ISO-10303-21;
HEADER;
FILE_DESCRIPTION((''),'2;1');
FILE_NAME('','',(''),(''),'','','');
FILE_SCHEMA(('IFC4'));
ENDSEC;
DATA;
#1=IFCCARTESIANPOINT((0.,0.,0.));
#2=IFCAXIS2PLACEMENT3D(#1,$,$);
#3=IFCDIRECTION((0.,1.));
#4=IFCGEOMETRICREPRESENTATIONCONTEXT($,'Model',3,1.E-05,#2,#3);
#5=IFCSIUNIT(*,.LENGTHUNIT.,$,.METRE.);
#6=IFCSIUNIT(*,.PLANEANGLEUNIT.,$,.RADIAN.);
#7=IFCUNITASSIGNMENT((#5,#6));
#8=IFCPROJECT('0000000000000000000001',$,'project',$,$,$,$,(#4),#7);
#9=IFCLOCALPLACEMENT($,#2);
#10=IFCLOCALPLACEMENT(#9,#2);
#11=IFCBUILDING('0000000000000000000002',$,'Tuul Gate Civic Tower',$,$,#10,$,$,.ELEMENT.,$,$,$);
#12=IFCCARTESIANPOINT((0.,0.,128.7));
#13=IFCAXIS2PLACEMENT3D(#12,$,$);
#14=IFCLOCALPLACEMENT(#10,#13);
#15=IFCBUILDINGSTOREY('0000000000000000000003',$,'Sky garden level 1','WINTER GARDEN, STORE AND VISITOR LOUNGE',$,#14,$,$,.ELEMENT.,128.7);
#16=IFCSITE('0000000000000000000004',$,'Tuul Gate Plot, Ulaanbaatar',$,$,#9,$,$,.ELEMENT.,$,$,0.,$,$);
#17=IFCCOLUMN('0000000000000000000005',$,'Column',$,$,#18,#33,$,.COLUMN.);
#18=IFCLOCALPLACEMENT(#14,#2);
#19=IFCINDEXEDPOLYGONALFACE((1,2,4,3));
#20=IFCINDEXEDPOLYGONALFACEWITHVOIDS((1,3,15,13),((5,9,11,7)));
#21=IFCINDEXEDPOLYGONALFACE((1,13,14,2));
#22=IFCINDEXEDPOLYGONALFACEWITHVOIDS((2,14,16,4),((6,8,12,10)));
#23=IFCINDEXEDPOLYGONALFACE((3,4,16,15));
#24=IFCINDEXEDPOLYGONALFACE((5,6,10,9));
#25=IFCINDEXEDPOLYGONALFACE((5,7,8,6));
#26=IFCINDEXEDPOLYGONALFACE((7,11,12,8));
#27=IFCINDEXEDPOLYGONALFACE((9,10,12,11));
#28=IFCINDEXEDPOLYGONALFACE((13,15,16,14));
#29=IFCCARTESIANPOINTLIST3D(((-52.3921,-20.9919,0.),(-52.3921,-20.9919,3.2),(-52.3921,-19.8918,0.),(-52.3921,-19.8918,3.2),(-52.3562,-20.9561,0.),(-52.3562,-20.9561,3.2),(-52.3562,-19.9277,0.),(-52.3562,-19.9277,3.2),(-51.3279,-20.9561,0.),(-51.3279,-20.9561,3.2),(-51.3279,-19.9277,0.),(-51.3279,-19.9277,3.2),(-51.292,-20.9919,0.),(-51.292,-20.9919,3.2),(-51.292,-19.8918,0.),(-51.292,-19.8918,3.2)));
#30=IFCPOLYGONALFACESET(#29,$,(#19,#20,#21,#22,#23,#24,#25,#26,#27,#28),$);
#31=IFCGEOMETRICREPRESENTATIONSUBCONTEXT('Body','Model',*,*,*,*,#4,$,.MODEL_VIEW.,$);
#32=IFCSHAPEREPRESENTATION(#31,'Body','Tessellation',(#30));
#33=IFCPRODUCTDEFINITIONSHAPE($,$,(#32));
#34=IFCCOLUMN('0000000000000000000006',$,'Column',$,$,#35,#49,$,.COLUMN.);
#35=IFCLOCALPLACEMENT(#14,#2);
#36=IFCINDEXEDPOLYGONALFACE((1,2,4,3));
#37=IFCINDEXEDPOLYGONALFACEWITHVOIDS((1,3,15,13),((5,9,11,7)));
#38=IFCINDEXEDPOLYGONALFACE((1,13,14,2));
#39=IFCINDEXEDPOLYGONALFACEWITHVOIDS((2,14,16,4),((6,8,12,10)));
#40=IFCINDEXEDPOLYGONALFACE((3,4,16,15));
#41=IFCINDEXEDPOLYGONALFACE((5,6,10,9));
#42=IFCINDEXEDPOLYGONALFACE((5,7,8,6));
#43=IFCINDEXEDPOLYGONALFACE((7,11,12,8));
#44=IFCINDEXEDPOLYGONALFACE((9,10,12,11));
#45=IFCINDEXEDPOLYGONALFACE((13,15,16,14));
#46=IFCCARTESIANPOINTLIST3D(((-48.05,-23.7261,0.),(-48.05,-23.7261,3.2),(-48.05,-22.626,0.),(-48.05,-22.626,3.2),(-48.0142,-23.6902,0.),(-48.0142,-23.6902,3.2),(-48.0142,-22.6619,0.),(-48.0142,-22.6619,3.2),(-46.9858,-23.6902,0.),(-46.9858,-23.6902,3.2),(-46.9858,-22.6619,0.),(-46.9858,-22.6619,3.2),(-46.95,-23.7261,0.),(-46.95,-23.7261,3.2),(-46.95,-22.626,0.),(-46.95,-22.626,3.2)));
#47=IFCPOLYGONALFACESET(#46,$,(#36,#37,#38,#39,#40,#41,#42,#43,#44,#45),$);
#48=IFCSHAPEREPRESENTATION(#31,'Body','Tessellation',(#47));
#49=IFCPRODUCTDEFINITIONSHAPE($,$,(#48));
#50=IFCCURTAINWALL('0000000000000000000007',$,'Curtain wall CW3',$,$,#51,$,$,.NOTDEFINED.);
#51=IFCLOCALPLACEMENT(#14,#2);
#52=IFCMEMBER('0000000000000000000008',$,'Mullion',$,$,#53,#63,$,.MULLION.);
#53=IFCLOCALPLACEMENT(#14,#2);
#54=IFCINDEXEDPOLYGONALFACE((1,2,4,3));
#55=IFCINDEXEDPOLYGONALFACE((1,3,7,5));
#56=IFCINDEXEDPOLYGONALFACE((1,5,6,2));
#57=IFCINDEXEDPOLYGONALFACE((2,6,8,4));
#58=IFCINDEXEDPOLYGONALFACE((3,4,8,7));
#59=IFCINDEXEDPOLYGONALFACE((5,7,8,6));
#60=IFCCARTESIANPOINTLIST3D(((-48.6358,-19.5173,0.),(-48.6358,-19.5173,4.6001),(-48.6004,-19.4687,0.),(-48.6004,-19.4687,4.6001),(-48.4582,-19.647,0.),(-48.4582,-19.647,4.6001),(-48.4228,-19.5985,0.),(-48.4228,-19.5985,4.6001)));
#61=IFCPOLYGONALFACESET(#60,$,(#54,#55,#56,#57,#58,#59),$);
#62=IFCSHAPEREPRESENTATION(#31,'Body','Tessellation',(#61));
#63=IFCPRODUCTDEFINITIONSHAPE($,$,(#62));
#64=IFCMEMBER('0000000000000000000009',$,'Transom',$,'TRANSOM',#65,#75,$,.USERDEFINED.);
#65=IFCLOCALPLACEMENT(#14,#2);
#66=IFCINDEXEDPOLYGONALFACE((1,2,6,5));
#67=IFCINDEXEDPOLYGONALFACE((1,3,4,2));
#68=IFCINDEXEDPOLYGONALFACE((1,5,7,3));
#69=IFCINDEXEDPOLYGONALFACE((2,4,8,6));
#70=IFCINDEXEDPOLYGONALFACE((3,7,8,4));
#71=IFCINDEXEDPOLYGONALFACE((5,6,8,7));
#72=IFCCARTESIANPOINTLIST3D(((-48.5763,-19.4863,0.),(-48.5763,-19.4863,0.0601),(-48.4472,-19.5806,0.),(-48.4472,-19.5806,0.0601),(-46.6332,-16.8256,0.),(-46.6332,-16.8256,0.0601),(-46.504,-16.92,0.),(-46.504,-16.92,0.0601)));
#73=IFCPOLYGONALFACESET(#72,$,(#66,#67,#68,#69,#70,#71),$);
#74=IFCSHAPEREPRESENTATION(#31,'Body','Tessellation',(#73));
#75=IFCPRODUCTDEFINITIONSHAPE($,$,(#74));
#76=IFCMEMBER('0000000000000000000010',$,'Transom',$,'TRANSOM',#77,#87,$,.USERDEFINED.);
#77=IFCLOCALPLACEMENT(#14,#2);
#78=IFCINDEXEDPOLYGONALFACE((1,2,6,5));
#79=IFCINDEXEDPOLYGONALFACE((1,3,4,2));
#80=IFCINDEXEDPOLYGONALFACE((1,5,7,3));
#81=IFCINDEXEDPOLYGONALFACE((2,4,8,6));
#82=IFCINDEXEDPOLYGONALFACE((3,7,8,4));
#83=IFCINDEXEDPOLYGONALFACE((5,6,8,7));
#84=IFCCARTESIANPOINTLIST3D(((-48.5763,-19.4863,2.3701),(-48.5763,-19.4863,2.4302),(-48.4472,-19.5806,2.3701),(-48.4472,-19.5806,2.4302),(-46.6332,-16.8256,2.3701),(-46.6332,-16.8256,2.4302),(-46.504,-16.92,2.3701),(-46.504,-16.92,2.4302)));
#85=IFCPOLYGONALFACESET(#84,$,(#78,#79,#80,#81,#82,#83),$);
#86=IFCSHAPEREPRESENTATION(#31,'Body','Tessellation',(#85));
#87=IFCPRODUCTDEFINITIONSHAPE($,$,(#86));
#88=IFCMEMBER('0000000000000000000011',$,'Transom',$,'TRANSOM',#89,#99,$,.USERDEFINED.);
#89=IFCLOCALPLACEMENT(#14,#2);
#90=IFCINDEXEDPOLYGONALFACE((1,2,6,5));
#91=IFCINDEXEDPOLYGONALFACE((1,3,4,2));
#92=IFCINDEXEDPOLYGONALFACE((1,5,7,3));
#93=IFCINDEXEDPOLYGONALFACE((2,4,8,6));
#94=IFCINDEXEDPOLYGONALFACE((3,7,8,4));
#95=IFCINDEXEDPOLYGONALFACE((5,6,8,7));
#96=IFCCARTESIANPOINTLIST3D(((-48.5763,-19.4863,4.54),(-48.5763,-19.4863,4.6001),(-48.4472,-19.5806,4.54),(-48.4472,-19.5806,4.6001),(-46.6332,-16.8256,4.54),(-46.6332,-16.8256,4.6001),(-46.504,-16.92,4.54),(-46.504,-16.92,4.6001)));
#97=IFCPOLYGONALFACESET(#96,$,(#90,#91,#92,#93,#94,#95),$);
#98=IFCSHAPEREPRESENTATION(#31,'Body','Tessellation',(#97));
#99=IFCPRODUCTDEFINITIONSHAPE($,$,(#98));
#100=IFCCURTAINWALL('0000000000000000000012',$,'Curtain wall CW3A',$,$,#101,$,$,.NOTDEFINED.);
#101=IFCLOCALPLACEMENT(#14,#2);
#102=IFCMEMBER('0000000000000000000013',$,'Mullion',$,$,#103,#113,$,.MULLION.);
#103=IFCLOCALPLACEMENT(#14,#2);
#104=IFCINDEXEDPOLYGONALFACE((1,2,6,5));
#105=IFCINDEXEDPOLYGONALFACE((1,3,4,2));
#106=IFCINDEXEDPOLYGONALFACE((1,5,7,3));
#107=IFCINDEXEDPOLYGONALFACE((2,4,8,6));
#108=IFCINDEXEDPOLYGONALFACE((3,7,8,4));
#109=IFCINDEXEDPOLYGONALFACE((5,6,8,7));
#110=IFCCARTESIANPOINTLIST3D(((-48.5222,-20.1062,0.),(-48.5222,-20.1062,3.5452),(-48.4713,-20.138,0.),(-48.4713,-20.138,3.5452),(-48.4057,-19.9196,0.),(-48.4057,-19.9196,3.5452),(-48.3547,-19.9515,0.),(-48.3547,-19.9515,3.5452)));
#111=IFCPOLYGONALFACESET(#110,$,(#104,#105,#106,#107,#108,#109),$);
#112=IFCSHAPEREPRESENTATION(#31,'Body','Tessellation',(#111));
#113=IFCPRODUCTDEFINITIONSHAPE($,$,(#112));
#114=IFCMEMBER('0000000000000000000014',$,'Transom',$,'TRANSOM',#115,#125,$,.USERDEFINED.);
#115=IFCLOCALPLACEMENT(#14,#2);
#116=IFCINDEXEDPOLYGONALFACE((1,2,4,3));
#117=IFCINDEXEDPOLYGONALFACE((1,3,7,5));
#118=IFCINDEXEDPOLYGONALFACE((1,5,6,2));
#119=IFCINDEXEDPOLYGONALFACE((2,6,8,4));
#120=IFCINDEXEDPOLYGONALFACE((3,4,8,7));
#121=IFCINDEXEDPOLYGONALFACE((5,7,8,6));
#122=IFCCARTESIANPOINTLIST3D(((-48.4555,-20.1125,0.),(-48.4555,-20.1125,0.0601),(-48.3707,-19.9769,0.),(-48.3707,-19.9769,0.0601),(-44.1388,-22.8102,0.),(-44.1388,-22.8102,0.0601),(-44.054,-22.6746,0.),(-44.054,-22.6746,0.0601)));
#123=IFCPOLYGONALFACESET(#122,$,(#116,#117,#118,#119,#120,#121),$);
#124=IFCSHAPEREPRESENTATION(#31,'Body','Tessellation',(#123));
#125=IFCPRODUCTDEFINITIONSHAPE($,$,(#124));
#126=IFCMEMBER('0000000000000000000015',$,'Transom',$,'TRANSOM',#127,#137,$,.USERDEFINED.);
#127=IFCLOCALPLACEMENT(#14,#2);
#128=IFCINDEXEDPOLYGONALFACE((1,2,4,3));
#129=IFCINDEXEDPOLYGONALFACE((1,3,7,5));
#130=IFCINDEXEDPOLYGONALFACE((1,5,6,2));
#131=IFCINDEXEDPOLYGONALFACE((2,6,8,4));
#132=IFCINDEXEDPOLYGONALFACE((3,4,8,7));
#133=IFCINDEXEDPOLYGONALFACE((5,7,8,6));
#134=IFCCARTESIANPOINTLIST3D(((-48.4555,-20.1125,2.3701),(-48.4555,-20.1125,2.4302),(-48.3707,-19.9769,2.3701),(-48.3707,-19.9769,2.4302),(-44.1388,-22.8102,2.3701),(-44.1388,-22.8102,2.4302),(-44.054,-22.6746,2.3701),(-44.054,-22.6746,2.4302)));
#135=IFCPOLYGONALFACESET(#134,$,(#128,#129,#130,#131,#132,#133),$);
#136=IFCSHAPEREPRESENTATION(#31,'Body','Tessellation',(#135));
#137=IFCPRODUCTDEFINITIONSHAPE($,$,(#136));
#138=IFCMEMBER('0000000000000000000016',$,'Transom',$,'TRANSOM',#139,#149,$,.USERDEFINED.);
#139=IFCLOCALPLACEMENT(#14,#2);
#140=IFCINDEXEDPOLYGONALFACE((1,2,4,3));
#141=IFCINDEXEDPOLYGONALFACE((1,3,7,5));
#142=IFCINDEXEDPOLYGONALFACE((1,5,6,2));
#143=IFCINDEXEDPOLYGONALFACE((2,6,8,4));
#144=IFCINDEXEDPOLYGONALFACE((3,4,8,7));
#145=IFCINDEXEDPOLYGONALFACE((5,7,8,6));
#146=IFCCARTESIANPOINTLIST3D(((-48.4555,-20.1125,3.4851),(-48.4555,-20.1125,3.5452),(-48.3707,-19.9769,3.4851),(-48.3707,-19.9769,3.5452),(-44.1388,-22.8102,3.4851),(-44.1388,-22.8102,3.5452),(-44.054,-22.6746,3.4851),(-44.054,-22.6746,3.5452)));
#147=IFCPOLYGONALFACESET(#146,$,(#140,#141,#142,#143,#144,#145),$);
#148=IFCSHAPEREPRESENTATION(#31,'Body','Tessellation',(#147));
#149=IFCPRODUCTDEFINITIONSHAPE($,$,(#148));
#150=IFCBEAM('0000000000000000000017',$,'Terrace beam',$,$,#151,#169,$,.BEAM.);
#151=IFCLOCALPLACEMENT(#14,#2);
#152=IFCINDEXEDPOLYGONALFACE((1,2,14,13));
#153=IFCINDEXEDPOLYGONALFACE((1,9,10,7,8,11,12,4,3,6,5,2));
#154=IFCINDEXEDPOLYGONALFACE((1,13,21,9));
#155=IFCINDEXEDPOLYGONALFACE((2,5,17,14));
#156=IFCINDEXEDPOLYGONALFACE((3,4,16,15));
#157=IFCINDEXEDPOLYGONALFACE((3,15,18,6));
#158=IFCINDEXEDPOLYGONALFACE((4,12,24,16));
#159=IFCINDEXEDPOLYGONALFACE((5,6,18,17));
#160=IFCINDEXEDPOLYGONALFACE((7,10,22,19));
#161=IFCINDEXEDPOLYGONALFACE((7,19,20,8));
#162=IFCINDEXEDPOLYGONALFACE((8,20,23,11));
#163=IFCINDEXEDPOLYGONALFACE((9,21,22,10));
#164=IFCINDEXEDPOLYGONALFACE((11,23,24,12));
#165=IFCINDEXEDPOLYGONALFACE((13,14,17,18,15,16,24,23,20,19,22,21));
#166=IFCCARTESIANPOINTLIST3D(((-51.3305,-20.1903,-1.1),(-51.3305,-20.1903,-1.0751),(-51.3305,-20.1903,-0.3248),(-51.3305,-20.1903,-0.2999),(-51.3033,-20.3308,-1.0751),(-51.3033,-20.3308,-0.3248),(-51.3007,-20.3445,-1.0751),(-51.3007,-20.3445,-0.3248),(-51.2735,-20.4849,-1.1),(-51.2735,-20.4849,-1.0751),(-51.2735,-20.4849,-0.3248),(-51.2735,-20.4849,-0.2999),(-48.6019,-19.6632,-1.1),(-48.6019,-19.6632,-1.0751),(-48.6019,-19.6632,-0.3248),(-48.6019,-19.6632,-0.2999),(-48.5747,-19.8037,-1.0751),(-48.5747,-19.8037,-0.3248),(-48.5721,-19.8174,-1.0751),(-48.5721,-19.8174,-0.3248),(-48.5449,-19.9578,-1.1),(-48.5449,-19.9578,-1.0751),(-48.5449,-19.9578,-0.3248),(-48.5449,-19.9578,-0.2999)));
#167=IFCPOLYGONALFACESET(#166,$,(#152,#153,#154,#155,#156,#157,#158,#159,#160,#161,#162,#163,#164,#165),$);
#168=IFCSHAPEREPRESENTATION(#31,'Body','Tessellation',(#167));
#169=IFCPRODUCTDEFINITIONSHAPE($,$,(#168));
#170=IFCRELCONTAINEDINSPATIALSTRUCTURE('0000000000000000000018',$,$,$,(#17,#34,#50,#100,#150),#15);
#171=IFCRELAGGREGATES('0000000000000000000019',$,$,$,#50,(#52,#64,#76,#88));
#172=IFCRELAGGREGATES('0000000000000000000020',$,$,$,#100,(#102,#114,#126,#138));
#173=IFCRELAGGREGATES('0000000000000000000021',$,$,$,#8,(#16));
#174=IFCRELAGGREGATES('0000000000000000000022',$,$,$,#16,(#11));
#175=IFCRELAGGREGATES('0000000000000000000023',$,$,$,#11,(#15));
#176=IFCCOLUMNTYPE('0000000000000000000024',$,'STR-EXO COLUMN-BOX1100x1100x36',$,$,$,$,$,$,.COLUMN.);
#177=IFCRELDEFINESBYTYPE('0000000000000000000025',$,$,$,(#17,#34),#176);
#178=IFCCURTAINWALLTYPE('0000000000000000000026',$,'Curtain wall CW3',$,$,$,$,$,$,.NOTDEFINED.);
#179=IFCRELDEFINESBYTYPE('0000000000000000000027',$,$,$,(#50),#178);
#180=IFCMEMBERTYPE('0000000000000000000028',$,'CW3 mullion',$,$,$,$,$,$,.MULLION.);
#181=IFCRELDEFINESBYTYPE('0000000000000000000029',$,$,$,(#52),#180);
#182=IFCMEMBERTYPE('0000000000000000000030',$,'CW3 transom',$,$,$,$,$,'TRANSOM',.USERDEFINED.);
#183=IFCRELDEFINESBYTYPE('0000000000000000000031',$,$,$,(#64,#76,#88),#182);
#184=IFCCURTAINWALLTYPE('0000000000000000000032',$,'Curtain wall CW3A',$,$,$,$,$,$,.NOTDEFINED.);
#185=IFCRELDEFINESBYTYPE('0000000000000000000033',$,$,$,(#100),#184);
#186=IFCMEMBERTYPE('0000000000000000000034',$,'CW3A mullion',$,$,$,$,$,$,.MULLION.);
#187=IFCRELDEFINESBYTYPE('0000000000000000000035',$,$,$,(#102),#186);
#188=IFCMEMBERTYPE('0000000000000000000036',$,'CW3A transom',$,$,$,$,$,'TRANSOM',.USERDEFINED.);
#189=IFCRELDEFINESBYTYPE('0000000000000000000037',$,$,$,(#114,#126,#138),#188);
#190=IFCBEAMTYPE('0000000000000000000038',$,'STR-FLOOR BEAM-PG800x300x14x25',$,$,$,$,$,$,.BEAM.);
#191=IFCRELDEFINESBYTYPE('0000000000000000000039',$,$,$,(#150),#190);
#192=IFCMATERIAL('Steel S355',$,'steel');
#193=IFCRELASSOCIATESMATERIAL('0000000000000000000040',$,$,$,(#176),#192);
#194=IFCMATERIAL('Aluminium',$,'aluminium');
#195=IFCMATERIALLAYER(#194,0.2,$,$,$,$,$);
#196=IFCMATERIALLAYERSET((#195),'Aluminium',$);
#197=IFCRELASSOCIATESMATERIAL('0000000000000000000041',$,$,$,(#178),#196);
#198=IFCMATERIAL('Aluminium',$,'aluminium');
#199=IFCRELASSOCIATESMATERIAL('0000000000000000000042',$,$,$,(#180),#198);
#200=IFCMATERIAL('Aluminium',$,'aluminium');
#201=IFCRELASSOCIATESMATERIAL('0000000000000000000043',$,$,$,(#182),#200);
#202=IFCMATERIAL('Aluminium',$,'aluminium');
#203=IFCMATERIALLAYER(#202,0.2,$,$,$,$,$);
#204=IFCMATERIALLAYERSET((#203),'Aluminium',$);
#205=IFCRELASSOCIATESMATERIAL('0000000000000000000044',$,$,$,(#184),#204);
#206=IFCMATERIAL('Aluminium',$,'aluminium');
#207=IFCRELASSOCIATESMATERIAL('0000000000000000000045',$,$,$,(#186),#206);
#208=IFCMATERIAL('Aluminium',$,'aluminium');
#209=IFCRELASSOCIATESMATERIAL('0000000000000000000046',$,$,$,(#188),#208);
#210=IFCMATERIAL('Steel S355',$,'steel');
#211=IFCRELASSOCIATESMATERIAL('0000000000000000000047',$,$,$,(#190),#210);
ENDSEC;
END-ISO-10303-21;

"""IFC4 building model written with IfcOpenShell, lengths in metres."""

from ifc_helpers import new_model, si_unit, direction, frame, origin, origin_2d, place, context, subcontext, project, spatial, rectangle, hollow_rectangle, i_section, extrude, material, layer, layer_set, material_profile, profile_set, type_object, element, aggregate, save


model = new_model("IFC4")

# Units and contexts
model_context = context("Model", 3, precision=1e-05, world=origin(), true_north=direction((0.0, 1.0)))
body_context = subcontext(model_context, "Body", "Model", "MODEL_VIEW")
ifc_project = project(units=[si_unit("LENGTHUNIT", "METRE"), si_unit("PLANEANGLEUNIT", "RADIAN")], contexts=[model_context])

# Site, building, storey
site_placement = place(None, origin())
site = spatial("IfcSite", under=ifc_project, at=site_placement, Name="Tuul Gate Plot, Ulaanbaatar", CompositionType="ELEMENT", RefElevation=0.0)
building_placement = place(site_placement, origin())
building = spatial("IfcBuilding", under=site, at=building_placement, Name="Tuul Gate Civic Tower", CompositionType="ELEMENT")
storey_placement = place(building_placement, frame((0.0, 0.0, 128.7)))
storey = spatial("IfcBuildingStorey", under=building, at=storey_placement, Name="Sky garden level 1", Description="WINTER GARDEN, STORE AND VISITOR LOUNGE", CompositionType="ELEMENT", Elevation=128.7)

# Columns
ifc_material_1 = material(Name="Steel S355", Category="steel")
ifc_material_profile_1 = material_profile(ifc_material_1, hollow_rectangle(XDim=1.1001, YDim=1.1001, WallThickness=0.0359, at=origin_2d()), Name="BOX1100x1100x36")
ifc_profile_set_1 = profile_set([ifc_material_profile_1], Name="Steel S355")
column_type = type_object("IfcColumnType", Name="STR-EXO COLUMN-BOX1100x1100x36", PredefinedType="COLUMN", material=ifc_profile_set_1)
for number, where, z_axis, x_axis, name in (
    (1, (-51.842, -20.4419, 0.0), (0.0, 0.0, 1.0), (1.0, 0.0, 0.0), "Column"),
    (2, (-47.5, -23.176, 0.0), (0.0, 0.0, 1.0), (1.0, 0.0, 0.0), "Column"),
):
    element("IfcColumn", number, at=place(storey_placement, frame(where, z_axis=z_axis, x_axis=x_axis)), inside=storey, type_object=column_type, Name=name, PredefinedType="COLUMN", context=body_context, shape_type="SweptSolid", body=[
        extrude(hollow_rectangle(XDim=1.1001, YDim=1.1001, WallThickness=0.0359, at=origin_2d()), origin(), (0.0, 0.0, 1.0), 3.2),
    ])

# Curtain walls, members
ifc_material_2 = material(Name="Aluminium", Category="aluminium")
ifc_layer_1 = layer(ifc_material_2, 0.2)
ifc_layer_set_1 = layer_set([ifc_layer_1], Name="Aluminium")
curtain_wall_type_1 = type_object("IfcCurtainWallType", Name="Curtain wall CW3", PredefinedType="NOTDEFINED", material=ifc_layer_set_1)
curtain_wall_1_placement = place(storey_placement, origin())
curtain_wall_1 = element("IfcCurtainWall", 3, at=curtain_wall_1_placement, inside=storey, type_object=curtain_wall_type_1, Name="Curtain wall CW3", PredefinedType="NOTDEFINED")
ifc_material_3 = material(Name="Aluminium", Category="aluminium")
ifc_material_profile_2 = material_profile(ifc_material_3, rectangle(XDim=0.22, YDim=0.0601, at=origin_2d()), Name="CW3 mullion")
ifc_profile_set_2 = profile_set([ifc_material_profile_2], Name="Aluminium")
member_type_1 = type_object("IfcMemberType", Name="CW3 mullion", PredefinedType="MULLION", material=ifc_profile_set_2)
member_1_placement = place(storey_placement, frame((-48.5293, -19.5579, 0.0), z_axis=(0.0, 0.0, 1.0), x_axis=(0.80761, -0.589717, 0.0)))
member_1 = element("IfcMember", 4, at=member_1_placement, type_object=member_type_1, Name="Mullion", PredefinedType="MULLION", context=body_context, shape_type="SweptSolid", body=[
    extrude(rectangle(XDim=0.22, YDim=0.0601, at=origin_2d()), origin(), (0.0, 0.0, 1.0), 4.6001),
])
ifc_material_4 = material(Name="Aluminium", Category="aluminium")
ifc_material_profile_3 = material_profile(ifc_material_4, rectangle(XDim=0.1599, YDim=0.0601, at=origin_2d()), Name="CW3 transom")
ifc_profile_set_3 = profile_set([ifc_material_profile_3], Name="Aluminium")
member_type_2 = type_object("IfcMemberType", Name="CW3 transom", ElementType="TRANSOM", PredefinedType="USERDEFINED", material=ifc_profile_set_3)
member_2_placement = place(storey_placement, frame((-46.5686, -16.8728, 0.03), z_axis=(-0.589779, -0.807565, 0.0), x_axis=(0.807565, -0.589779, 0.0)))
member_2 = element("IfcMember", 5, at=member_2_placement, type_object=member_type_2, Name="Transom", ObjectType="TRANSOM", PredefinedType="USERDEFINED", context=body_context, shape_type="SweptSolid", body=[
    extrude(rectangle(XDim=0.1599, YDim=0.0601, at=origin_2d()), origin(), (0.0, 0.0, 1.0), 3.2947),
])
member_3_placement = place(storey_placement, frame((-46.5686, -16.8728, 2.4001), z_axis=(-0.589779, -0.807565, 0.0), x_axis=(0.807565, -0.589779, 0.0)))
member_3 = element("IfcMember", 6, at=member_3_placement, type_object=member_type_2, Name="Transom", ObjectType="TRANSOM", PredefinedType="USERDEFINED", context=body_context, shape_type="SweptSolid", body=[
    extrude(rectangle(XDim=0.1599, YDim=0.0601, at=origin_2d()), origin(), (0.0, 0.0, 1.0), 3.2947),
])
member_4_placement = place(storey_placement, frame((-46.5686, -16.8728, 4.5701), z_axis=(-0.589779, -0.807565, 0.0), x_axis=(0.807565, -0.589779, 0.0)))
member_4 = element("IfcMember", 7, at=member_4_placement, type_object=member_type_2, Name="Transom", ObjectType="TRANSOM", PredefinedType="USERDEFINED", context=body_context, shape_type="SweptSolid", body=[
    extrude(rectangle(XDim=0.1599, YDim=0.0601, at=origin_2d()), origin(), (0.0, 0.0, 1.0), 3.2947),
])
ifc_material_5 = material(Name="Aluminium", Category="aluminium")
ifc_layer_2 = layer(ifc_material_5, 0.2)
ifc_layer_set_2 = layer_set([ifc_layer_2], Name="Aluminium")
curtain_wall_type_2 = type_object("IfcCurtainWallType", Name="Curtain wall CW3A", PredefinedType="NOTDEFINED", material=ifc_layer_set_2)
curtain_wall_2_placement = place(storey_placement, origin())
curtain_wall_2 = element("IfcCurtainWall", 8, at=curtain_wall_2_placement, inside=storey, type_object=curtain_wall_type_2, Name="Curtain wall CW3A", PredefinedType="NOTDEFINED")
ifc_material_6 = material(Name="Aluminium", Category="aluminium")
ifc_material_profile_4 = material_profile(ifc_material_6, rectangle(XDim=0.22, YDim=0.0601, at=origin_2d()), Name="CW3A mullion")
ifc_profile_set_4 = profile_set([ifc_material_profile_4], Name="Aluminium")
member_type_3 = type_object("IfcMemberType", Name="CW3A mullion", PredefinedType="MULLION", material=ifc_profile_set_4)
member_5_placement = place(storey_placement, frame((-48.4385, -20.0288, 0.0), z_axis=(0.0, 0.0, 1.0), x_axis=(0.529958, 0.848024, 0.0)))
member_5 = element("IfcMember", 9, at=member_5_placement, type_object=member_type_3, Name="Mullion", PredefinedType="MULLION", context=body_context, shape_type="SweptSolid", body=[
    extrude(rectangle(XDim=0.22, YDim=0.0601, at=origin_2d()), origin(), (0.0, 0.0, 1.0), 3.5452),
])
ifc_material_7 = material(Name="Aluminium", Category="aluminium")
ifc_material_profile_5 = material_profile(ifc_material_7, rectangle(XDim=0.1599, YDim=0.0601, at=origin_2d()), Name="CW3A transom")
ifc_profile_set_5 = profile_set([ifc_material_profile_5], Name="Aluminium")
member_type_4 = type_object("IfcMemberType", Name="CW3A transom", ElementType="TRANSOM", PredefinedType="USERDEFINED", material=ifc_profile_set_5)
member_6_placement = place(storey_placement, frame((-48.4131, -20.0447, 0.03), z_axis=(0.848012, -0.529977, 0.0), x_axis=(0.529977, 0.848012, 0.0)))
member_6 = element("IfcMember", 10, at=member_6_placement, type_object=member_type_4, Name="Transom", ObjectType="TRANSOM", PredefinedType="USERDEFINED", context=body_context, shape_type="SweptSolid", body=[
    extrude(rectangle(XDim=0.1599, YDim=0.0601, at=origin_2d()), origin(), (0.0, 0.0, 1.0), 5.0903),
])
member_7_placement = place(storey_placement, frame((-48.4131, -20.0447, 2.4001), z_axis=(0.848012, -0.529977, 0.0), x_axis=(0.529977, 0.848012, 0.0)))
member_7 = element("IfcMember", 11, at=member_7_placement, type_object=member_type_4, Name="Transom", ObjectType="TRANSOM", PredefinedType="USERDEFINED", context=body_context, shape_type="SweptSolid", body=[
    extrude(rectangle(XDim=0.1599, YDim=0.0601, at=origin_2d()), origin(), (0.0, 0.0, 1.0), 5.0903),
])
member_8_placement = place(storey_placement, frame((-48.4131, -20.0447, 3.5151), z_axis=(0.848012, -0.529977, 0.0), x_axis=(0.529977, 0.848012, 0.0)))
member_8 = element("IfcMember", 12, at=member_8_placement, type_object=member_type_4, Name="Transom", ObjectType="TRANSOM", PredefinedType="USERDEFINED", context=body_context, shape_type="SweptSolid", body=[
    extrude(rectangle(XDim=0.1599, YDim=0.0601, at=origin_2d()), origin(), (0.0, 0.0, 1.0), 5.0903),
])

# Beam
ifc_material_8 = material(Name="Steel S355", Category="steel")
ifc_material_profile_6 = material_profile(ifc_material_8, i_section(OverallWidth=0.3, OverallDepth=0.8, WebThickness=0.0139, FlangeThickness=0.0249, at=origin_2d()), Name="PG800x300x14x25")
ifc_profile_set_6 = profile_set([ifc_material_profile_6], Name="Steel S355")
beam_type_1 = type_object("IfcBeamType", Name="STR-FLOOR BEAM-PG800x300x14x25", PredefinedType="BEAM", material=ifc_profile_set_6)
beam_1_placement = place(storey_placement, frame((-51.302, -20.3376, -0.7), z_axis=(0.981847, 0.189675, 0.0), x_axis=(-0.189675, 0.981847, 0.0)))
element("IfcBeam", 13, at=beam_1_placement, inside=storey, type_object=beam_type_1, Name="Terrace beam", PredefinedType="BEAM", context=body_context, shape_type="SweptSolid", body=[
    extrude(i_section(OverallWidth=0.3, OverallDepth=0.8, WebThickness=0.0139, FlangeThickness=0.0249, at=origin_2d()), origin(), (0.0, 0.0, 1.0), 2.7791),
])

aggregate(curtain_wall_1, [member_1, member_2, member_3, member_4])
aggregate(curtain_wall_2, [member_5, member_6, member_7, member_8])

save(model, "model.ifc")
